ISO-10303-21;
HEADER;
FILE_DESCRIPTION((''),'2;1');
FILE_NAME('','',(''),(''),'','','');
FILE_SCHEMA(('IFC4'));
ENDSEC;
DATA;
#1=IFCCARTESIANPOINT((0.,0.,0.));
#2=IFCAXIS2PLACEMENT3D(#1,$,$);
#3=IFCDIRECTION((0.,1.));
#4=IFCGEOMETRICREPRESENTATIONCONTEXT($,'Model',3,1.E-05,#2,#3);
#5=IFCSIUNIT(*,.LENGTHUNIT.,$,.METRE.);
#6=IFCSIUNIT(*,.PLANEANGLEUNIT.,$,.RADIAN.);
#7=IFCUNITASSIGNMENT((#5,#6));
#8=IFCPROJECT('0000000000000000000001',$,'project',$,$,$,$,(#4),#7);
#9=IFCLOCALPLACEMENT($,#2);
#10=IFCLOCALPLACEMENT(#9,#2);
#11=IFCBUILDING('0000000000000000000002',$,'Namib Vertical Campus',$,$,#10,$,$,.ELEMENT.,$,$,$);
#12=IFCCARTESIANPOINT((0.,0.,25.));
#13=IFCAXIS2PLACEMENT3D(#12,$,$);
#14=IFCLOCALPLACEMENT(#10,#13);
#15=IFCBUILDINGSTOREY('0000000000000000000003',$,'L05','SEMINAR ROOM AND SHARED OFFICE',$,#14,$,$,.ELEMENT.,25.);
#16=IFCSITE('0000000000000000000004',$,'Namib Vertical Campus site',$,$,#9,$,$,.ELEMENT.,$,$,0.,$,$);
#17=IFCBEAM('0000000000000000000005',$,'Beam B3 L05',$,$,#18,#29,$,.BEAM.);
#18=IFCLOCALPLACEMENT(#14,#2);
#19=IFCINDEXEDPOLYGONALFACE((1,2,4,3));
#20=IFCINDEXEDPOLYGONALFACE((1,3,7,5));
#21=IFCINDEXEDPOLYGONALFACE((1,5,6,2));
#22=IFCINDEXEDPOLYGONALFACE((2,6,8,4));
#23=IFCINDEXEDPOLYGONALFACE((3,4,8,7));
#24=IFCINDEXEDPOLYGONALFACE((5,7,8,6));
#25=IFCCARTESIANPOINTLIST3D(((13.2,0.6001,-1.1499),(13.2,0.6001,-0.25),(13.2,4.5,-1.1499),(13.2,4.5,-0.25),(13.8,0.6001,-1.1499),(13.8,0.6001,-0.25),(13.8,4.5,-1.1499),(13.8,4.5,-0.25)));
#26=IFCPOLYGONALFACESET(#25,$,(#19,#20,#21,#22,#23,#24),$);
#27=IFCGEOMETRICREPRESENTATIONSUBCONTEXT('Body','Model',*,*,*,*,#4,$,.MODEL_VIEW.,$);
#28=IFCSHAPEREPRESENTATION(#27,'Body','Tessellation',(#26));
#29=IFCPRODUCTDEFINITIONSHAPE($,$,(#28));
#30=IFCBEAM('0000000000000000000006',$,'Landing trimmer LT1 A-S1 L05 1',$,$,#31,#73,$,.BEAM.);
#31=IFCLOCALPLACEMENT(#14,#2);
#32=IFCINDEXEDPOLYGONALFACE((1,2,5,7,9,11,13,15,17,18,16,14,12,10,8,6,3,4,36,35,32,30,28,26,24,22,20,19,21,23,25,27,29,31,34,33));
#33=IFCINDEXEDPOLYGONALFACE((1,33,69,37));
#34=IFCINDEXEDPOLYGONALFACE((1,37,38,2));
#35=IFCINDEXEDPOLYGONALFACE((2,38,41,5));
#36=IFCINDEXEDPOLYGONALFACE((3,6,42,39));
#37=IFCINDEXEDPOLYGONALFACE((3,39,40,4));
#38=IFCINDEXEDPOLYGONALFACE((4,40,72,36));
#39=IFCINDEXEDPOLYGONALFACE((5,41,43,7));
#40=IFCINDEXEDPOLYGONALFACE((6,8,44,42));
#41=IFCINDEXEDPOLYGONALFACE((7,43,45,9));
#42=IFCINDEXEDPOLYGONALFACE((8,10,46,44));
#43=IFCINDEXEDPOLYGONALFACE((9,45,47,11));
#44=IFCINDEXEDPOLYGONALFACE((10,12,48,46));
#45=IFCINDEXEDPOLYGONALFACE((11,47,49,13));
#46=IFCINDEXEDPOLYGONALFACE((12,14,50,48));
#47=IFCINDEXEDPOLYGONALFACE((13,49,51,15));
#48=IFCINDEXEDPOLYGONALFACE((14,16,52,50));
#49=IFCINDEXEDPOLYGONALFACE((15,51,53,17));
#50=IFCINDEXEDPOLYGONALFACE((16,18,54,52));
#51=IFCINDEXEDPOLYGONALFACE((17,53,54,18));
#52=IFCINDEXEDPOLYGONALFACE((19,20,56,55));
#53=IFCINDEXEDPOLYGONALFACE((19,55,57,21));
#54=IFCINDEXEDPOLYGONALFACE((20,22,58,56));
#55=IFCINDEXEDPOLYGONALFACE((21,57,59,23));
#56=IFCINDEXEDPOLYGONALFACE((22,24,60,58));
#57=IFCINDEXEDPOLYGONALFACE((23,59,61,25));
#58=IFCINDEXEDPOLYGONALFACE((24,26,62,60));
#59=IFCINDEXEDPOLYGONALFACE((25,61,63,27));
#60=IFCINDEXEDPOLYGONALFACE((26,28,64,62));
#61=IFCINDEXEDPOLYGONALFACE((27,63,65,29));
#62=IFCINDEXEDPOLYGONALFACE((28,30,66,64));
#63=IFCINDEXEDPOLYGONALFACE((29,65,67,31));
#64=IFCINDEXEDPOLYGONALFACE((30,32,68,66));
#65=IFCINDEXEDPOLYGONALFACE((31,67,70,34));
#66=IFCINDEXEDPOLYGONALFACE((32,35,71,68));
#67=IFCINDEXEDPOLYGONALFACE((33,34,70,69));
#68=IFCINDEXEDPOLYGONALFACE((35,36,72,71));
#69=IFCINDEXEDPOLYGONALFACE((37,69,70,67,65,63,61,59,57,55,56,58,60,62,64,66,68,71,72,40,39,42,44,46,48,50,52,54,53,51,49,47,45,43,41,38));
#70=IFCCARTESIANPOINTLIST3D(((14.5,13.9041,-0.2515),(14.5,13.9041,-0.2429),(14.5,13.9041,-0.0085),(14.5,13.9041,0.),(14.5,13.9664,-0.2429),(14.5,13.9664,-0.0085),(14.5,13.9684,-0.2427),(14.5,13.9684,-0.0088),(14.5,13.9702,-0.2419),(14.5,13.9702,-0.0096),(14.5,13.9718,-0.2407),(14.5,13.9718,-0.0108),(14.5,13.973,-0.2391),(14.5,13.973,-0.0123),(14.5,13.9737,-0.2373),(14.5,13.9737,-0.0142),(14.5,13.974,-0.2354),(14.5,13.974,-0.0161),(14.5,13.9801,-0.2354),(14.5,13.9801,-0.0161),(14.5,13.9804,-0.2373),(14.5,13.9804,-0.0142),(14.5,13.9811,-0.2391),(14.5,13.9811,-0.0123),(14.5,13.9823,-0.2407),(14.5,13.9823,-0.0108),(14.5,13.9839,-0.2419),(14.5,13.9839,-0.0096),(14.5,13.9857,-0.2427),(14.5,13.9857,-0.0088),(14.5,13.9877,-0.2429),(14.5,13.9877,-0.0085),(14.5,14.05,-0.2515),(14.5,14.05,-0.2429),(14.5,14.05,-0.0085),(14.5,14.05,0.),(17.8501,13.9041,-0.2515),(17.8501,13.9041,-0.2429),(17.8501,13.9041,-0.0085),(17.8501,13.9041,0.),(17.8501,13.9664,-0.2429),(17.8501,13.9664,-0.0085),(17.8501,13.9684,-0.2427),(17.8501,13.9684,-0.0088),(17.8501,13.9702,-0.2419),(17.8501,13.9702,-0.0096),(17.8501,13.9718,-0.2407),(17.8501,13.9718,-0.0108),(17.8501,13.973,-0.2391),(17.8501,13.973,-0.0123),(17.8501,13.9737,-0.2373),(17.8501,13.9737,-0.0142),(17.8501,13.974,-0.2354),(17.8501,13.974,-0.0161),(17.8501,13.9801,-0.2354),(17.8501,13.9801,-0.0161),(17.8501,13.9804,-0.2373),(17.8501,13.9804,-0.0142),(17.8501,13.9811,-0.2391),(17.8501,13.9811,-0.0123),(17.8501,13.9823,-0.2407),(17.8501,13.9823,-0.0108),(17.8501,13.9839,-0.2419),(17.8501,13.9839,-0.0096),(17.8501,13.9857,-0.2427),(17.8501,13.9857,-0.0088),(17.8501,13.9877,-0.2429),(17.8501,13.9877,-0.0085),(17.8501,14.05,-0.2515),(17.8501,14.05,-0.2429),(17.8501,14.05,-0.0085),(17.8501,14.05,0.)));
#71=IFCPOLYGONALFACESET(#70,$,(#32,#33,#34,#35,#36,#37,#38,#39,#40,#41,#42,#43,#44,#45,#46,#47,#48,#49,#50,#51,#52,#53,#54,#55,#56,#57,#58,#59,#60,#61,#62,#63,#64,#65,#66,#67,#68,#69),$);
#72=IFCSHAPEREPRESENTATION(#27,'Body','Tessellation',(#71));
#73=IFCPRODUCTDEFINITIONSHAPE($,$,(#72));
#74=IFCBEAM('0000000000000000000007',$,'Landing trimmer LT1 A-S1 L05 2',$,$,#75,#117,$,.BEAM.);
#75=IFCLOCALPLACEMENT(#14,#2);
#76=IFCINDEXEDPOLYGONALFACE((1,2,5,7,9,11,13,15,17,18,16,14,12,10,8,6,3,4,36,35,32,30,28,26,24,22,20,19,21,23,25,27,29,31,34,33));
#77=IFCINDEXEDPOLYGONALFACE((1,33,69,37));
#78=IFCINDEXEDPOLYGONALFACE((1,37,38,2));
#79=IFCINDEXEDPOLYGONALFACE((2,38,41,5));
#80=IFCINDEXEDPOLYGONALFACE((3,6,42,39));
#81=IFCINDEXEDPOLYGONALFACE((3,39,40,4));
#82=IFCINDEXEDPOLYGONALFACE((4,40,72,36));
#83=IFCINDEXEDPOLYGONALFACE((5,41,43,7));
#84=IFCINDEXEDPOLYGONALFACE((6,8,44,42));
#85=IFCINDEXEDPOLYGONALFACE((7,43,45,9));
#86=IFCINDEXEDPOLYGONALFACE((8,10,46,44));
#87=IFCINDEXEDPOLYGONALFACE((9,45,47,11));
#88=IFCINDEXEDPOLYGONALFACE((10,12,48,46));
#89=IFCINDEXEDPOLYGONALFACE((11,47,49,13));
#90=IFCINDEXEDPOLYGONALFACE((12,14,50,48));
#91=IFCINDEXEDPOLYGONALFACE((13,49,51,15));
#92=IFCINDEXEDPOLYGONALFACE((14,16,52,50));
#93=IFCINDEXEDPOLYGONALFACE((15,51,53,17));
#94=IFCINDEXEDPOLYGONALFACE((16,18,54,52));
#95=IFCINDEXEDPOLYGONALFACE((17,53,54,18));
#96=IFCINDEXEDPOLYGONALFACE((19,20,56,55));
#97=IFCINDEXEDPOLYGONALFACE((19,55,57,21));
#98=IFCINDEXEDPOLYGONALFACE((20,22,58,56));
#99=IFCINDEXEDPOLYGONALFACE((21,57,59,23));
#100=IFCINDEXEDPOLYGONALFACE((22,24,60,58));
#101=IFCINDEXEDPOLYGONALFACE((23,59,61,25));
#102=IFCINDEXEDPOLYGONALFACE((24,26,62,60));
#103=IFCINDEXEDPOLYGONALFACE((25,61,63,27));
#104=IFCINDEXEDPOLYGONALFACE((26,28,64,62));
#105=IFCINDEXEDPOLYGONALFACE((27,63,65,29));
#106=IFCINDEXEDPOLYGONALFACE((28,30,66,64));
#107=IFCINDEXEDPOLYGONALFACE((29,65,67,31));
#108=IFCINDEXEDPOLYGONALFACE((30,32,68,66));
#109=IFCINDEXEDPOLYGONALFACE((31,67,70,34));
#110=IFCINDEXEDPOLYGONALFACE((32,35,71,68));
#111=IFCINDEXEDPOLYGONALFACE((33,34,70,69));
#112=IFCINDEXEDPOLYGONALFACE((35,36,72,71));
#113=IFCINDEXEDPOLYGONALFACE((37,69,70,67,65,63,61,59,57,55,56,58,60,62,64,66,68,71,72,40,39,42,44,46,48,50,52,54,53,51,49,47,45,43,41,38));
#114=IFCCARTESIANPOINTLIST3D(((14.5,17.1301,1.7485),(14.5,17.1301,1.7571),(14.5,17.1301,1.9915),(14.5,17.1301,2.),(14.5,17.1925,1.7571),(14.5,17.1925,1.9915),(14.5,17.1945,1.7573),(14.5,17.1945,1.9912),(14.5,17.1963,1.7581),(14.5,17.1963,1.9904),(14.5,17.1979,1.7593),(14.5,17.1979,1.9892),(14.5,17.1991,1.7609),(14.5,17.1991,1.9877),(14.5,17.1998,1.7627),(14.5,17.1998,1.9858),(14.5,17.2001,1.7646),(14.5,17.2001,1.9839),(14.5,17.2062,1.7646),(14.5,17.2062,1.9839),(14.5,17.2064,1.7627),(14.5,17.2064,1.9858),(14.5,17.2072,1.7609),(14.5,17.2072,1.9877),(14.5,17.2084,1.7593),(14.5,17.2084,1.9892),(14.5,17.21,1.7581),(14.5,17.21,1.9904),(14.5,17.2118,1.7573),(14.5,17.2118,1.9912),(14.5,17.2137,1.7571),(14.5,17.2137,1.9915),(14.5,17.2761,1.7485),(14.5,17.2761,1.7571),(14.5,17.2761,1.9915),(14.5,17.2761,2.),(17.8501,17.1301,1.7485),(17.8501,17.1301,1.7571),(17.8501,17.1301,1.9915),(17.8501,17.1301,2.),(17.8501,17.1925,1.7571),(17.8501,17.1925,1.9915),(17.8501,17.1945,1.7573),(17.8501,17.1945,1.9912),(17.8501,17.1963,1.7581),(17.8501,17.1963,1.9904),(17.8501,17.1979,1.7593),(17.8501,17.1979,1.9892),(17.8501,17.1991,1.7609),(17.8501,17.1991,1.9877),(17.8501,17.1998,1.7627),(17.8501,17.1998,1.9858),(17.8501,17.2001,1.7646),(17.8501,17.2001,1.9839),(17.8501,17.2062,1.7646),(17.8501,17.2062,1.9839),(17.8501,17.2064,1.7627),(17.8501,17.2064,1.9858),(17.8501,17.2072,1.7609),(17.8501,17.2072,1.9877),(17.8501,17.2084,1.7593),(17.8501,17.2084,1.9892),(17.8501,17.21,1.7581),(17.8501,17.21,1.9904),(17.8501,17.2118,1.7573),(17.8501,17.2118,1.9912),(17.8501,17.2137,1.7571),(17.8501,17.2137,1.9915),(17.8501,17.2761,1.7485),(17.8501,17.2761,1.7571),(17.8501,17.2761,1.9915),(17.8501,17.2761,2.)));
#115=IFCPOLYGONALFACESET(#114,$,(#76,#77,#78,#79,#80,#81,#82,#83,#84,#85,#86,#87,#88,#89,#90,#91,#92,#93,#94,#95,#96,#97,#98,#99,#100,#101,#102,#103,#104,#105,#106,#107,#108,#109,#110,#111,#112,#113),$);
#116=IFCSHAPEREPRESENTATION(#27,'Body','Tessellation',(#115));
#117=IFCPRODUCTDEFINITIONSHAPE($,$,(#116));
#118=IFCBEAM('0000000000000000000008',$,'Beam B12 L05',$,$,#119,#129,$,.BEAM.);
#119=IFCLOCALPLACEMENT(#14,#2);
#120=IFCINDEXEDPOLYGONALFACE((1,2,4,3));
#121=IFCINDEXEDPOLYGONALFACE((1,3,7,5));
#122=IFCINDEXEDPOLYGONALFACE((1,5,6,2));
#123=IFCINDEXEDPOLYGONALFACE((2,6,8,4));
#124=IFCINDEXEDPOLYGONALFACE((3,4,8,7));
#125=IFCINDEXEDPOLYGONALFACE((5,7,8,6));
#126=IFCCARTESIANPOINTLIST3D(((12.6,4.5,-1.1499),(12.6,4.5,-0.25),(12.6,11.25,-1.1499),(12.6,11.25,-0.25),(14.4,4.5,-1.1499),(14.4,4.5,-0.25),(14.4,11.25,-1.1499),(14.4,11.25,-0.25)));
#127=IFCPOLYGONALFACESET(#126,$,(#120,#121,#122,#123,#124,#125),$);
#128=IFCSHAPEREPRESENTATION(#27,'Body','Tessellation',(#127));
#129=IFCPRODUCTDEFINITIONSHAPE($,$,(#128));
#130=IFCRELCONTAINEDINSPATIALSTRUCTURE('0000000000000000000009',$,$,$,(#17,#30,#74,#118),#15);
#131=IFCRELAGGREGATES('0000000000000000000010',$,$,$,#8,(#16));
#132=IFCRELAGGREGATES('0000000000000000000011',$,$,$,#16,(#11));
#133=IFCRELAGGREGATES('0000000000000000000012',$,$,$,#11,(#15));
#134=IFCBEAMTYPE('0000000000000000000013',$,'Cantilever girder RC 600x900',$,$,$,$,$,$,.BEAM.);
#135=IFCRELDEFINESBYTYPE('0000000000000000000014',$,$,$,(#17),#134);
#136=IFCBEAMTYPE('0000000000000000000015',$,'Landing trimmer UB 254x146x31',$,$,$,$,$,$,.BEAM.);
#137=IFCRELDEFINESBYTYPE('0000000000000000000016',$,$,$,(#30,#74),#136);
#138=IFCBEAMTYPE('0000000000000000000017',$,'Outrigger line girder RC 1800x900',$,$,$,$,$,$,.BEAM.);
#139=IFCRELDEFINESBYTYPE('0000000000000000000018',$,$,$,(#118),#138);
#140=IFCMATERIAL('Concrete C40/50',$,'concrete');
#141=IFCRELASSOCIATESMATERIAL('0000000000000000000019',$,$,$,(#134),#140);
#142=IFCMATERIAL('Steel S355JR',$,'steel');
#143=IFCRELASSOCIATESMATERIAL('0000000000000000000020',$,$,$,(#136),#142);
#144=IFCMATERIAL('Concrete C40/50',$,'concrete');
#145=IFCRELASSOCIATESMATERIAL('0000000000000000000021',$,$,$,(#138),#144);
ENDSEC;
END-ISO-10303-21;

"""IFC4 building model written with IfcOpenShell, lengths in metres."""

from ifc_helpers import new_model, si_unit, direction, frame, origin, origin_2d, place, context, subcontext, project, spatial, rectangle, i_section, extrude, material, material_profile, profile_set, type_object, element, save


model = new_model("IFC4")

# Units and contexts
model_context = context("Model", 3, precision=1e-05, world=origin(), true_north=direction((0.0, 1.0)))
body_context = subcontext(model_context, "Body", "Model", "MODEL_VIEW")
ifc_project = project(units=[si_unit("LENGTHUNIT", "METRE"), si_unit("PLANEANGLEUNIT", "RADIAN")], contexts=[model_context])

# Site, building, storey
site_placement = place(None, origin())
site = spatial("IfcSite", under=ifc_project, at=site_placement, Name="Namib Vertical Campus site", CompositionType="ELEMENT", RefElevation=0.0)
building_placement = place(site_placement, origin())
building = spatial("IfcBuilding", under=site, at=building_placement, Name="Namib Vertical Campus", CompositionType="ELEMENT")
storey_placement = place(building_placement, frame((0.0, 0.0, 25.0)))
storey = spatial("IfcBuildingStorey", under=building, at=storey_placement, Name="L05", Description="SEMINAR ROOM AND SHARED OFFICE", CompositionType="ELEMENT", Elevation=25.0)

# Beams
ifc_material_1 = material(Name="Concrete C40/50", Category="concrete")
ifc_material_profile_1 = material_profile(ifc_material_1, rectangle(XDim=0.6001, YDim=0.8999, at=origin_2d()))
ifc_profile_set_1 = profile_set([ifc_material_profile_1], Name="Concrete C40/50")
beam_type_1 = type_object("IfcBeamType", Name="Cantilever girder RC 600x900", PredefinedType="BEAM", material=ifc_profile_set_1)
beam_1_placement = place(storey_placement, frame((13.5, 4.5, -0.7), z_axis=(0.0, -1.0, 0.0), x_axis=(1.0, 0.0, 0.0)))
element("IfcBeam", 1, at=beam_1_placement, inside=storey, type_object=beam_type_1, Name="Beam B3 L05", PredefinedType="BEAM", context=body_context, shape_type="SweptSolid", body=[
    extrude(rectangle(XDim=0.6001, YDim=0.8999, at=origin_2d()), origin(), (0.0, 0.0, 1.0), 3.8999),
])
ifc_material_2 = material(Name="Steel S355JR", Category="steel")
ifc_material_profile_2 = material_profile(ifc_material_2, i_section(OverallWidth=0.146, OverallDepth=0.2515, WebThickness=0.0061, FlangeThickness=0.0085, FilletRadius=0.0076, at=origin_2d()))
ifc_profile_set_2 = profile_set([ifc_material_profile_2], Name="Steel S355JR")
beam_type_2 = type_object("IfcBeamType", Name="Landing trimmer UB 254x146x31", PredefinedType="BEAM", material=ifc_profile_set_2)
for number, where, z_axis, x_axis, name in (
    (2, (14.5, 13.9771, -0.1257), (1.0, 0.0, 0.0), (0.0, 1.0, 0.0), "Landing trimmer LT1 A-S1 L05 1"),
    (3, (14.5, 17.2031, 1.8743), (1.0, 0.0, 0.0), (0.0, 1.0, 0.0), "Landing trimmer LT1 A-S1 L05 2"),
):
    element("IfcBeam", number, at=place(storey_placement, frame(where, z_axis=z_axis, x_axis=x_axis)), inside=storey, type_object=beam_type_2, Name=name, PredefinedType="BEAM", context=body_context, shape_type="SweptSolid", body=[
        extrude(i_section(OverallWidth=0.146, OverallDepth=0.2515, WebThickness=0.0061, FlangeThickness=0.0085, FilletRadius=0.0076, at=origin_2d()), origin(), (0.0, 0.0, 1.0), 3.3501),
    ])
ifc_material_3 = material(Name="Concrete C40/50", Category="concrete")
ifc_material_profile_3 = material_profile(ifc_material_3, rectangle(XDim=1.8, YDim=0.8999, at=origin_2d()))
ifc_profile_set_3 = profile_set([ifc_material_profile_3], Name="Concrete C40/50")
beam_type_3 = type_object("IfcBeamType", Name="Outrigger line girder RC 1800x900", PredefinedType="BEAM", material=ifc_profile_set_3)
beam_2_placement = place(storey_placement, frame((13.5, 4.5, -0.7), z_axis=(0.0, 1.0, 0.0), x_axis=(-1.0, 0.0, 0.0)))
element("IfcBeam", 4, at=beam_2_placement, inside=storey, type_object=beam_type_3, Name="Beam B12 L05", PredefinedType="BEAM", context=body_context, shape_type="SweptSolid", body=[
    extrude(rectangle(XDim=1.8, YDim=0.8999, at=origin_2d()), origin(), (0.0, 0.0, 1.0), 6.75),
])

save(model, "model.ifc")
